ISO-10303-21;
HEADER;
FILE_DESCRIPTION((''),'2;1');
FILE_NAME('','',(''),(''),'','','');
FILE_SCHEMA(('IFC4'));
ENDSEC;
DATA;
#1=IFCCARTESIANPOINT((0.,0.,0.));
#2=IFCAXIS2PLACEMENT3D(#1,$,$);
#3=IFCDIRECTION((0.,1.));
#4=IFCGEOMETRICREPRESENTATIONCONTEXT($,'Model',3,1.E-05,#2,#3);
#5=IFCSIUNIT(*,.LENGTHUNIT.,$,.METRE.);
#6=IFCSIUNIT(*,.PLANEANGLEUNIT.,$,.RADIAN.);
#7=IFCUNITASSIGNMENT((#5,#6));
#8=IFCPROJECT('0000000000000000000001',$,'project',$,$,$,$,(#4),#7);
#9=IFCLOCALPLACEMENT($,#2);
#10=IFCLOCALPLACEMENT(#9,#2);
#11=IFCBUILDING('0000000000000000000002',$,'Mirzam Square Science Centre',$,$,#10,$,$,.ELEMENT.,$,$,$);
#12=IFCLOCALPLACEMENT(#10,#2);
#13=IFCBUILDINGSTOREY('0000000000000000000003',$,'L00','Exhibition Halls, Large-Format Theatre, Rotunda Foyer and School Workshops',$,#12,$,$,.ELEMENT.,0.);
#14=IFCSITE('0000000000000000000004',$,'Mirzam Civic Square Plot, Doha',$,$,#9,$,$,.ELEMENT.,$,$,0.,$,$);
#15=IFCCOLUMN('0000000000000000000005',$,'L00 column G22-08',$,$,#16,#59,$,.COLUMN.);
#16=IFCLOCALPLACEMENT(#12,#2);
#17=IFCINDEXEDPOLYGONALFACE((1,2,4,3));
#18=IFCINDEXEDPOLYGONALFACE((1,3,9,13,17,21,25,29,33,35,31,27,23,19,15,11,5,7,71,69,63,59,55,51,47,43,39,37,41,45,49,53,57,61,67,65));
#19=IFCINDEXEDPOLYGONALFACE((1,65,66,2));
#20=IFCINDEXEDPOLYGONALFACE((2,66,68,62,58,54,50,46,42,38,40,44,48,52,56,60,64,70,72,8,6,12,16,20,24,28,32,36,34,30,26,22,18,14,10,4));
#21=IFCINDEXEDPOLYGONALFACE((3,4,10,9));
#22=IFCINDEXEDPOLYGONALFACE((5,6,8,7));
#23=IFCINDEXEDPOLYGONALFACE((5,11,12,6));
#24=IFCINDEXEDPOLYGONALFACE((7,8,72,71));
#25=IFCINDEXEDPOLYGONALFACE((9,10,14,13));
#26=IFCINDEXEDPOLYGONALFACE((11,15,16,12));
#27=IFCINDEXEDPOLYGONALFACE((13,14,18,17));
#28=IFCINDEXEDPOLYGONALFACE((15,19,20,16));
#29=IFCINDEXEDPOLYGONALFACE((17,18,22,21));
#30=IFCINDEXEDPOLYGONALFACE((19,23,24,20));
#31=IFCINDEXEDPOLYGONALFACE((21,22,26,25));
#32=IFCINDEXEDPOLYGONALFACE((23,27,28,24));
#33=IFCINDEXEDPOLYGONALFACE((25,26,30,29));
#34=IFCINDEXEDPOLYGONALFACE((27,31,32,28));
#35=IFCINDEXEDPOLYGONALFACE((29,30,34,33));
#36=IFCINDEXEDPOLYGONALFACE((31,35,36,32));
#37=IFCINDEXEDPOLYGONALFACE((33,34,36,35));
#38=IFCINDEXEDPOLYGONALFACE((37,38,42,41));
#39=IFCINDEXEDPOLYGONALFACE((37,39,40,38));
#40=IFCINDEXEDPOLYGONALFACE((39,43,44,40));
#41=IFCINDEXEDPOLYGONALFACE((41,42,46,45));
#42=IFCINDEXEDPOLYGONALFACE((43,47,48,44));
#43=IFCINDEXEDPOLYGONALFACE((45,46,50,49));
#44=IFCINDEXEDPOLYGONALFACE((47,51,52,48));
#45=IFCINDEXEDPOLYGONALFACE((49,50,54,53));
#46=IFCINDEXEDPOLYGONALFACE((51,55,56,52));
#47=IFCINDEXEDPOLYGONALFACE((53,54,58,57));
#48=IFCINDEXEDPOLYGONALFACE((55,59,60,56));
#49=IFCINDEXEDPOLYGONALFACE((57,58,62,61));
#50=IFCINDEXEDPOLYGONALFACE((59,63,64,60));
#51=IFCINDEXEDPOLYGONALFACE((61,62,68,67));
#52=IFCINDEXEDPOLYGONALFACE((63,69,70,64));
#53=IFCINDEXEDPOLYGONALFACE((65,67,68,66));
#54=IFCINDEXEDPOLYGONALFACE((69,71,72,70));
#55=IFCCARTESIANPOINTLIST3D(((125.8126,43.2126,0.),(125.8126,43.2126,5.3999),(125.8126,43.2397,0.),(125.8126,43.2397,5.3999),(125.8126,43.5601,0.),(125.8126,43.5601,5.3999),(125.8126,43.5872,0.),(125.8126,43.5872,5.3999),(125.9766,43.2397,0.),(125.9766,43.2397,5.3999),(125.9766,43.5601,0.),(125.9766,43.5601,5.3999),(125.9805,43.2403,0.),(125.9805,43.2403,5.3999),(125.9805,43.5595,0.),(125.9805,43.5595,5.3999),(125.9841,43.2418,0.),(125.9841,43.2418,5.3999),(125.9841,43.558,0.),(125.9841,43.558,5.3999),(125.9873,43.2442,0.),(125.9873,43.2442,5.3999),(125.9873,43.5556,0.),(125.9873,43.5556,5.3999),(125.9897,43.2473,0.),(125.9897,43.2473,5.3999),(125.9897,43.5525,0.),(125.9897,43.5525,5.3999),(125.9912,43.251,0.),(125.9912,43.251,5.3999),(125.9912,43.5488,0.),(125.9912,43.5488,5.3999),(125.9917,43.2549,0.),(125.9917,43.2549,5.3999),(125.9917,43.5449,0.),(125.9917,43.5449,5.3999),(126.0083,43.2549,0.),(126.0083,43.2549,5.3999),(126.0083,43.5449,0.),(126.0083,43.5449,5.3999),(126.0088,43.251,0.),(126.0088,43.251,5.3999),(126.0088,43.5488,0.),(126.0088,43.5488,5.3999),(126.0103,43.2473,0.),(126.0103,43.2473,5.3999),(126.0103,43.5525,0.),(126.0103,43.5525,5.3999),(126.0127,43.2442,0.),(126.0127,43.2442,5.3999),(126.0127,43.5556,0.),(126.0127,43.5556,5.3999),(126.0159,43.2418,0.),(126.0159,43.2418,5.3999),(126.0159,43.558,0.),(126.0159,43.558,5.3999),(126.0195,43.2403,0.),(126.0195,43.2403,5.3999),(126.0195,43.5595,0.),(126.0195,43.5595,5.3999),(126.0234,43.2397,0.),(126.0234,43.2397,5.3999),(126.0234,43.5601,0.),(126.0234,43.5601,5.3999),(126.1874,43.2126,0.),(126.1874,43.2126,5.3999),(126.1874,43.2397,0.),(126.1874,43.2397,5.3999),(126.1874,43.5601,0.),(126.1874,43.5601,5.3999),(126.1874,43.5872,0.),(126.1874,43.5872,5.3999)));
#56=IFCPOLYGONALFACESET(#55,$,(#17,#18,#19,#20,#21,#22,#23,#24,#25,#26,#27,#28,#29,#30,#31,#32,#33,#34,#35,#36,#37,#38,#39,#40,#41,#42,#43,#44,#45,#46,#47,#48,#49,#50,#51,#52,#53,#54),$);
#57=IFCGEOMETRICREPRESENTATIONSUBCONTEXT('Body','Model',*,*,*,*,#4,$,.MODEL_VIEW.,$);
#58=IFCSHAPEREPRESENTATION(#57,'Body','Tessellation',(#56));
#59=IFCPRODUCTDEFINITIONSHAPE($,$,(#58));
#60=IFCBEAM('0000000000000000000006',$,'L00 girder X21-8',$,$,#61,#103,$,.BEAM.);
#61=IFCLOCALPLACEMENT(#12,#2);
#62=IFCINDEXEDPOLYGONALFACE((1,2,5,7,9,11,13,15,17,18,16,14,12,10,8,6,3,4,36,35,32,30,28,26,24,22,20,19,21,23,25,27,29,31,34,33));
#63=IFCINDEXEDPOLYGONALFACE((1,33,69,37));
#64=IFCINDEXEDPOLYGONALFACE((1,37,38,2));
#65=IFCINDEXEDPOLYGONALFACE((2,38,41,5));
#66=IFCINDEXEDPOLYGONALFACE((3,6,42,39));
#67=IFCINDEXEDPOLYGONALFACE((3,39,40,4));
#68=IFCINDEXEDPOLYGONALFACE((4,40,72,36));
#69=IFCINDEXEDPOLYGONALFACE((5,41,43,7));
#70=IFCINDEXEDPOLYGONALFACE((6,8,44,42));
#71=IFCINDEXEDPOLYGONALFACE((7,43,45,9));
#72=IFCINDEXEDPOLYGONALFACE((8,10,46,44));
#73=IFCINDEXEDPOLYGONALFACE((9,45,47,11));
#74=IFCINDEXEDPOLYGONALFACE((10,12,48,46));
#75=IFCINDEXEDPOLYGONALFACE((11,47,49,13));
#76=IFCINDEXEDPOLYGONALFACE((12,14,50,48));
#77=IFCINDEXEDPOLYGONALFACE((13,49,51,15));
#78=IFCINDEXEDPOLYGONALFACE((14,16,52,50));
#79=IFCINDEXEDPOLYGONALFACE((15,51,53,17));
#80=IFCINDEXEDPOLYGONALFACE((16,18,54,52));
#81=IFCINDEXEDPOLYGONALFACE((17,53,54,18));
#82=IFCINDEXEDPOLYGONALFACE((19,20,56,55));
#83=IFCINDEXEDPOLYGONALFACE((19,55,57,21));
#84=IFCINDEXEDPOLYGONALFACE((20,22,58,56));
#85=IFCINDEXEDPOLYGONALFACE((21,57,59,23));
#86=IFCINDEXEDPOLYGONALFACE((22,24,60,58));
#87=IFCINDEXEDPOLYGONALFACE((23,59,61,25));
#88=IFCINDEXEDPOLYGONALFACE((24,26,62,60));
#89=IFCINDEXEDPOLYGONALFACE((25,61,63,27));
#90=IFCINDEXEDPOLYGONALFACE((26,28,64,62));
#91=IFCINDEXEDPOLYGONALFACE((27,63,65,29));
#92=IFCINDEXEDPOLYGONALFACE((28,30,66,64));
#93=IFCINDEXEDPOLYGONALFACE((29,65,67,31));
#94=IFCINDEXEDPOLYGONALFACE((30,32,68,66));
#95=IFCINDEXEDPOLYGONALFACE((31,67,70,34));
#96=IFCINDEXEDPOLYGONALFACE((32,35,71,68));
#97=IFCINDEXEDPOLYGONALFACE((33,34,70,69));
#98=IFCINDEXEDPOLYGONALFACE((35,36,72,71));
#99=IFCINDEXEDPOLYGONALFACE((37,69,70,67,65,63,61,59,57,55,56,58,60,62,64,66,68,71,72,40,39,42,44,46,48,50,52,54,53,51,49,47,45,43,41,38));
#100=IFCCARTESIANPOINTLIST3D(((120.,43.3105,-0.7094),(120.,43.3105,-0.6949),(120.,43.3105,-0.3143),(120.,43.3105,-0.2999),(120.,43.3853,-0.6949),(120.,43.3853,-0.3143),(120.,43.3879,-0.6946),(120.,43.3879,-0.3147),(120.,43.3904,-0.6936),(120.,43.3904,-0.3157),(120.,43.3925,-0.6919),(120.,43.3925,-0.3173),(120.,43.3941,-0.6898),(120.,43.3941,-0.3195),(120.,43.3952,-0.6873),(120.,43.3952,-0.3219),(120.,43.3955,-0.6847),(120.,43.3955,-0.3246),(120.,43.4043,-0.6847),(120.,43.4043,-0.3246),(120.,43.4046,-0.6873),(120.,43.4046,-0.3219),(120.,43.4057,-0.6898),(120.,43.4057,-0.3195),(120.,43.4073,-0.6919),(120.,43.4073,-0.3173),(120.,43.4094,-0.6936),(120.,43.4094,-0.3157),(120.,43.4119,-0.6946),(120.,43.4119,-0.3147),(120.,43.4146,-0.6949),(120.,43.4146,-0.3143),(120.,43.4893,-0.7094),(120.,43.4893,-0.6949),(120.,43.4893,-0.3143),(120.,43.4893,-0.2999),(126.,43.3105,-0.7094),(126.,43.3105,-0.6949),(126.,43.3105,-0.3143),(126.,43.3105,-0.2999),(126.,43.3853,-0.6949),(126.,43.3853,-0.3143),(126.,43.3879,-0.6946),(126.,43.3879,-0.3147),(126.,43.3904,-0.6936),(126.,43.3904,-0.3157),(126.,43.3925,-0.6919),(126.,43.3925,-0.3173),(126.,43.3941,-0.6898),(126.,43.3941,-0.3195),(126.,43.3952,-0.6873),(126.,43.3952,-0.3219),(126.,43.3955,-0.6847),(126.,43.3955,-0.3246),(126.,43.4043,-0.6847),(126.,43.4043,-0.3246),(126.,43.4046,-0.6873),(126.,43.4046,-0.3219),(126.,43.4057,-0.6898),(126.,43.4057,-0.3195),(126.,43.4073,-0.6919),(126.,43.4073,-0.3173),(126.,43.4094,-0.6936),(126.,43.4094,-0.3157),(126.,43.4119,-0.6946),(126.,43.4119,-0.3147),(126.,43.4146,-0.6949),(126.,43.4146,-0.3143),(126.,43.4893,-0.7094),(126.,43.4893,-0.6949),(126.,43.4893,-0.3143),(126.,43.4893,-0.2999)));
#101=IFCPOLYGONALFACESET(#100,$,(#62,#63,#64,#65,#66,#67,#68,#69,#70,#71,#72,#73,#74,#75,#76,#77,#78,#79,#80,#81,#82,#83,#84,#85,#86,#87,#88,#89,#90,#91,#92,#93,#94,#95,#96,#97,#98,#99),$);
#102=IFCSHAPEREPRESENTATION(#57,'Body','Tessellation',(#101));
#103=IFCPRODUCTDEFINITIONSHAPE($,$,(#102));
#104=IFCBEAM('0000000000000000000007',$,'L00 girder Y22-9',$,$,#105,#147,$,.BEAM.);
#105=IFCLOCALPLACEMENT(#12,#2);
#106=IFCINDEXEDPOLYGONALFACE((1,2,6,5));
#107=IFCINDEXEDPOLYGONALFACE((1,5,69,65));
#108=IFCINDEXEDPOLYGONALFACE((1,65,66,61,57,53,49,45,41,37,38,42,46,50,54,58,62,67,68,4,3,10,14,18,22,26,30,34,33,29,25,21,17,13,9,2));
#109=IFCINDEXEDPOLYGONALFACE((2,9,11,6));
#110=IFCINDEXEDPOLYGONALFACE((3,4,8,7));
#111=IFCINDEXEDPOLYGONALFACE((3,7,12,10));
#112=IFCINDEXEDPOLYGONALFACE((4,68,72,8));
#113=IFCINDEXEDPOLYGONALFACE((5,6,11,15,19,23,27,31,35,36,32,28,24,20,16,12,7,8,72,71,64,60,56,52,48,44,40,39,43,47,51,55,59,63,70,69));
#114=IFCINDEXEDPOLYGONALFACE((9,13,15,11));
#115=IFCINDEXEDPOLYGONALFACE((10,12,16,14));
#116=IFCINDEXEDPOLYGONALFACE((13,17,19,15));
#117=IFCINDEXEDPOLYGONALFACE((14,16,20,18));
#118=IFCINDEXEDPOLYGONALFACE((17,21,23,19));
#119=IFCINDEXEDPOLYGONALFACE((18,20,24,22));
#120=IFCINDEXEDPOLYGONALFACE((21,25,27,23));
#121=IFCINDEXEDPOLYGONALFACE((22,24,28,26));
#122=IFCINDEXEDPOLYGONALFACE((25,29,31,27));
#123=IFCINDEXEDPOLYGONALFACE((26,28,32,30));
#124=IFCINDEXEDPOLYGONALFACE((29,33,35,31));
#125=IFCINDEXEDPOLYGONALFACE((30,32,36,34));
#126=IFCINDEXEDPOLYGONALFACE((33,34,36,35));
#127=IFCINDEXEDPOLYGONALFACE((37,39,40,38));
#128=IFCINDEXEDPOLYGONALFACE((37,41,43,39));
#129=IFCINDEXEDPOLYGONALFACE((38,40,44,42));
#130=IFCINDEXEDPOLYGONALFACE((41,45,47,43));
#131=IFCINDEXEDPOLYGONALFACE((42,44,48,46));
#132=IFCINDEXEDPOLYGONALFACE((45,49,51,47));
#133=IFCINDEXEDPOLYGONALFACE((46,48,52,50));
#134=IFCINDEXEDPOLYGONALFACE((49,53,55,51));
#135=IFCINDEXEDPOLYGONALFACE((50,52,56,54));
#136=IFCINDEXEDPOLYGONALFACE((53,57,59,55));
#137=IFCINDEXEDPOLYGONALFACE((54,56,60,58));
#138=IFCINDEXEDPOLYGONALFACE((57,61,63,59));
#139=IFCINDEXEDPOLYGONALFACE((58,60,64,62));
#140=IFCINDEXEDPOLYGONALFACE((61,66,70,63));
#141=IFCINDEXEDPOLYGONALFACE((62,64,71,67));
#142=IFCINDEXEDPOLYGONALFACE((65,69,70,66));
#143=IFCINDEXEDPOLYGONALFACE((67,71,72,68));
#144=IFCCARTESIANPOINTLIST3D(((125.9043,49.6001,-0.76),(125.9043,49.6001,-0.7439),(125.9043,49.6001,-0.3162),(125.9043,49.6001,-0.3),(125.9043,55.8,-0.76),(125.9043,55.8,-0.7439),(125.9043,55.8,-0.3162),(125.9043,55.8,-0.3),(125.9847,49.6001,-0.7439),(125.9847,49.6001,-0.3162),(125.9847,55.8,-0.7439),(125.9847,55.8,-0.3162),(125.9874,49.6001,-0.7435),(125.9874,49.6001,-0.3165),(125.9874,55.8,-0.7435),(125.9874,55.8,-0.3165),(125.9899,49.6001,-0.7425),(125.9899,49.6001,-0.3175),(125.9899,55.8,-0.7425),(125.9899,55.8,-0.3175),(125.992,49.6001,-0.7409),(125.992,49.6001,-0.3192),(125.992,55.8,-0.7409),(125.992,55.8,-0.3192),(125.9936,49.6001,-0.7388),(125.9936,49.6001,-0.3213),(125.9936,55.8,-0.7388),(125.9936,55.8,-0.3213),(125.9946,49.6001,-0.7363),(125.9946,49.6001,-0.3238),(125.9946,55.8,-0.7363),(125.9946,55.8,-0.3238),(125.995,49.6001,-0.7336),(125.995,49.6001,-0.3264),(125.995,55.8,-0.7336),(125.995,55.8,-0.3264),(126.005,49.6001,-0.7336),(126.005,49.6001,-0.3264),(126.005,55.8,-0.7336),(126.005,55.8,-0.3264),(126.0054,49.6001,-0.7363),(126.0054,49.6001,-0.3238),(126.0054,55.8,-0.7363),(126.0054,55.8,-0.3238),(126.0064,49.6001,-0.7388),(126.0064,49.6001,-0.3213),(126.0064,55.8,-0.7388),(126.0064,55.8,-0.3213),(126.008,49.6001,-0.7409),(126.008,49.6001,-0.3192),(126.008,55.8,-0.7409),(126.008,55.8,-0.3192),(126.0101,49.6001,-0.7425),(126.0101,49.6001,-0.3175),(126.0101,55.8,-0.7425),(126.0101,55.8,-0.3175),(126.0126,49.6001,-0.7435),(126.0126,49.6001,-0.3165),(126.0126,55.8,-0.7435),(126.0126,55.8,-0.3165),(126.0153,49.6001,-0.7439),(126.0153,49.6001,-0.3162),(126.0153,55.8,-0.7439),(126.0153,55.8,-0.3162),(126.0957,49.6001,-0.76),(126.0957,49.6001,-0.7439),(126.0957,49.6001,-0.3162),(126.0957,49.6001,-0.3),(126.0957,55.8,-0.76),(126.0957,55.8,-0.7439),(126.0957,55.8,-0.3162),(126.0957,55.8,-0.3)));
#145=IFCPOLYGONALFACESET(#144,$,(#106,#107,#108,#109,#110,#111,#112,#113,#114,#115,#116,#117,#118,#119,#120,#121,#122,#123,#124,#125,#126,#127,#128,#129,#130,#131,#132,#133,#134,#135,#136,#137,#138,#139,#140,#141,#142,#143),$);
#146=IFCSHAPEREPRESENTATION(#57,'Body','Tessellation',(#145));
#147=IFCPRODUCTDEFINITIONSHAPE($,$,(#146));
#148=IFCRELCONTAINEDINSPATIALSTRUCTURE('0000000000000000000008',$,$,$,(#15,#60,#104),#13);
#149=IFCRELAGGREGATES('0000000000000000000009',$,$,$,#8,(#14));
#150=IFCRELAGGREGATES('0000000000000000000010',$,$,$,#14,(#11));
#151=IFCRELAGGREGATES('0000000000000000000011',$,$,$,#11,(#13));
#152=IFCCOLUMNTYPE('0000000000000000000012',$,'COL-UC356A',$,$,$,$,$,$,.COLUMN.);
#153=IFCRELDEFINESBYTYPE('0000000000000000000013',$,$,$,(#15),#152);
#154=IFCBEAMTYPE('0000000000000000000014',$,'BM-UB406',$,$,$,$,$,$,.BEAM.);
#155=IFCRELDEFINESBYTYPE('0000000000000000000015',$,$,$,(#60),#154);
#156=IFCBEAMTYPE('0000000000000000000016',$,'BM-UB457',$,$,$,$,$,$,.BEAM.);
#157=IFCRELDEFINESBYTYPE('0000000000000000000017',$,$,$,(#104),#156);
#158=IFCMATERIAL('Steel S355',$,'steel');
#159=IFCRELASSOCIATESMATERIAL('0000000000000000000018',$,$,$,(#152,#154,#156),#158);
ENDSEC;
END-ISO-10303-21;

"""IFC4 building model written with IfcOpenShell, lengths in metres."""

from ifc_helpers import new_model, si_unit, direction, frame, origin, origin_2d, place, context, subcontext, project, spatial, i_section, extrude, material, material_profile, profile_set, type_object, element, save


model = new_model("IFC4")

# Units and contexts
model_context = context("Model", 3, precision=1e-05, world=origin(), true_north=direction((0.0, 1.0)))
body_context = subcontext(model_context, "Body", "Model", "MODEL_VIEW")
ifc_project = project(units=[si_unit("LENGTHUNIT", "METRE"), si_unit("PLANEANGLEUNIT", "RADIAN")], contexts=[model_context])

# Site, building, storey
site_placement = place(None, origin())
site = spatial("IfcSite", under=ifc_project, at=site_placement, Name="Mirzam Civic Square Plot, Doha", CompositionType="ELEMENT", RefElevation=0.0)
building_placement = place(site_placement, origin())
building = spatial("IfcBuilding", under=site, at=building_placement, Name="Mirzam Square Science Centre", CompositionType="ELEMENT")
storey_placement = place(building_placement, origin())
storey = spatial("IfcBuildingStorey", under=building, at=storey_placement, Name="L00", Description="Exhibition Halls, Large-Format Theatre, Rotunda Foyer and School Workshops", CompositionType="ELEMENT", Elevation=0.0)

# Column
ifc_material_1 = material(Name="Steel S355", Category="steel")
ifc_material_profile_1 = material_profile(ifc_material_1, i_section(OverallWidth=0.3748, OverallDepth=0.3745, WebThickness=0.0166, FlangeThickness=0.0271, FilletRadius=0.0151, at=origin_2d()), Name="356x368x202UC")
ifc_profile_set_1 = profile_set([ifc_material_profile_1], Name="Steel S355")
column_type_1 = type_object("IfcColumnType", Name="COL-UC356A", PredefinedType="COLUMN", material=ifc_profile_set_1)
for number, where, z_axis, x_axis, name in (
    (1, (126.0, 43.3999, 0.0), (0.0, 0.0, 1.0), (1.0, 0.0, 0.0), "L00 column G22-08"),
):
    element("IfcColumn", number, at=place(storey_placement, frame(where, z_axis=z_axis, x_axis=x_axis)), inside=storey, type_object=column_type_1, Name=name, PredefinedType="COLUMN", context=body_context, shape_type="SweptSolid", body=[
        extrude(i_section(OverallWidth=0.3748, OverallDepth=0.3745, WebThickness=0.0166, FlangeThickness=0.0271, FilletRadius=0.0151, at=origin_2d()), origin(), (0.0, 0.0, 1.0), 5.3999),
    ])

# Beams
ifc_material_profile_2 = material_profile(ifc_material_1, i_section(OverallWidth=0.1787, OverallDepth=0.4094, WebThickness=0.0088, FlangeThickness=0.0144, FilletRadius=0.0103, at=origin_2d()), Name="406x178x67UB")
ifc_profile_set_2 = profile_set([ifc_material_profile_2], Name="Steel S355")
beam_type_1 = type_object("IfcBeamType", Name="BM-UB406", PredefinedType="BEAM", material=ifc_profile_set_2)
beam_1_placement = place(storey_placement, frame((120.0, 43.3999, -0.5046), z_axis=(1.0, 0.0, 0.0), x_axis=(0.0, 1.0, 0.0)))
element("IfcBeam", 2, at=beam_1_placement, inside=storey, type_object=beam_type_1, Name="L00 girder X21-8", PredefinedType="BEAM", context=body_context, shape_type="SweptSolid", body=[
    extrude(i_section(OverallWidth=0.1787, OverallDepth=0.4094, WebThickness=0.0088, FlangeThickness=0.0144, FilletRadius=0.0103, at=origin_2d()), origin(), (0.0, 0.0, 1.0), 6.0),
])
ifc_material_profile_3 = material_profile(ifc_material_1, i_section(OverallWidth=0.1914, OverallDepth=0.46, WebThickness=0.01, FlangeThickness=0.0161, FilletRadius=0.0103, at=origin_2d()), Name="457x191x82UB")
ifc_profile_set_3 = profile_set([ifc_material_profile_3], Name="Steel S355")
beam_type_2 = type_object("IfcBeamType", Name="BM-UB457", PredefinedType="BEAM", material=ifc_profile_set_3)
beam_2_placement = place(storey_placement, frame((126.0, 49.6001, -0.53), z_axis=(0.0, 1.0, 0.0), x_axis=(-1.0, 0.0, 0.0)))
element("IfcBeam", 3, at=beam_2_placement, inside=storey, type_object=beam_type_2, Name="L00 girder Y22-9", PredefinedType="BEAM", context=body_context, shape_type="SweptSolid", body=[
    extrude(i_section(OverallWidth=0.1914, OverallDepth=0.46, WebThickness=0.01, FlangeThickness=0.0161, FilletRadius=0.0103, at=origin_2d()), origin(), (0.0, 0.0, 1.0), 6.2),
])

save(model, "model.ifc")
